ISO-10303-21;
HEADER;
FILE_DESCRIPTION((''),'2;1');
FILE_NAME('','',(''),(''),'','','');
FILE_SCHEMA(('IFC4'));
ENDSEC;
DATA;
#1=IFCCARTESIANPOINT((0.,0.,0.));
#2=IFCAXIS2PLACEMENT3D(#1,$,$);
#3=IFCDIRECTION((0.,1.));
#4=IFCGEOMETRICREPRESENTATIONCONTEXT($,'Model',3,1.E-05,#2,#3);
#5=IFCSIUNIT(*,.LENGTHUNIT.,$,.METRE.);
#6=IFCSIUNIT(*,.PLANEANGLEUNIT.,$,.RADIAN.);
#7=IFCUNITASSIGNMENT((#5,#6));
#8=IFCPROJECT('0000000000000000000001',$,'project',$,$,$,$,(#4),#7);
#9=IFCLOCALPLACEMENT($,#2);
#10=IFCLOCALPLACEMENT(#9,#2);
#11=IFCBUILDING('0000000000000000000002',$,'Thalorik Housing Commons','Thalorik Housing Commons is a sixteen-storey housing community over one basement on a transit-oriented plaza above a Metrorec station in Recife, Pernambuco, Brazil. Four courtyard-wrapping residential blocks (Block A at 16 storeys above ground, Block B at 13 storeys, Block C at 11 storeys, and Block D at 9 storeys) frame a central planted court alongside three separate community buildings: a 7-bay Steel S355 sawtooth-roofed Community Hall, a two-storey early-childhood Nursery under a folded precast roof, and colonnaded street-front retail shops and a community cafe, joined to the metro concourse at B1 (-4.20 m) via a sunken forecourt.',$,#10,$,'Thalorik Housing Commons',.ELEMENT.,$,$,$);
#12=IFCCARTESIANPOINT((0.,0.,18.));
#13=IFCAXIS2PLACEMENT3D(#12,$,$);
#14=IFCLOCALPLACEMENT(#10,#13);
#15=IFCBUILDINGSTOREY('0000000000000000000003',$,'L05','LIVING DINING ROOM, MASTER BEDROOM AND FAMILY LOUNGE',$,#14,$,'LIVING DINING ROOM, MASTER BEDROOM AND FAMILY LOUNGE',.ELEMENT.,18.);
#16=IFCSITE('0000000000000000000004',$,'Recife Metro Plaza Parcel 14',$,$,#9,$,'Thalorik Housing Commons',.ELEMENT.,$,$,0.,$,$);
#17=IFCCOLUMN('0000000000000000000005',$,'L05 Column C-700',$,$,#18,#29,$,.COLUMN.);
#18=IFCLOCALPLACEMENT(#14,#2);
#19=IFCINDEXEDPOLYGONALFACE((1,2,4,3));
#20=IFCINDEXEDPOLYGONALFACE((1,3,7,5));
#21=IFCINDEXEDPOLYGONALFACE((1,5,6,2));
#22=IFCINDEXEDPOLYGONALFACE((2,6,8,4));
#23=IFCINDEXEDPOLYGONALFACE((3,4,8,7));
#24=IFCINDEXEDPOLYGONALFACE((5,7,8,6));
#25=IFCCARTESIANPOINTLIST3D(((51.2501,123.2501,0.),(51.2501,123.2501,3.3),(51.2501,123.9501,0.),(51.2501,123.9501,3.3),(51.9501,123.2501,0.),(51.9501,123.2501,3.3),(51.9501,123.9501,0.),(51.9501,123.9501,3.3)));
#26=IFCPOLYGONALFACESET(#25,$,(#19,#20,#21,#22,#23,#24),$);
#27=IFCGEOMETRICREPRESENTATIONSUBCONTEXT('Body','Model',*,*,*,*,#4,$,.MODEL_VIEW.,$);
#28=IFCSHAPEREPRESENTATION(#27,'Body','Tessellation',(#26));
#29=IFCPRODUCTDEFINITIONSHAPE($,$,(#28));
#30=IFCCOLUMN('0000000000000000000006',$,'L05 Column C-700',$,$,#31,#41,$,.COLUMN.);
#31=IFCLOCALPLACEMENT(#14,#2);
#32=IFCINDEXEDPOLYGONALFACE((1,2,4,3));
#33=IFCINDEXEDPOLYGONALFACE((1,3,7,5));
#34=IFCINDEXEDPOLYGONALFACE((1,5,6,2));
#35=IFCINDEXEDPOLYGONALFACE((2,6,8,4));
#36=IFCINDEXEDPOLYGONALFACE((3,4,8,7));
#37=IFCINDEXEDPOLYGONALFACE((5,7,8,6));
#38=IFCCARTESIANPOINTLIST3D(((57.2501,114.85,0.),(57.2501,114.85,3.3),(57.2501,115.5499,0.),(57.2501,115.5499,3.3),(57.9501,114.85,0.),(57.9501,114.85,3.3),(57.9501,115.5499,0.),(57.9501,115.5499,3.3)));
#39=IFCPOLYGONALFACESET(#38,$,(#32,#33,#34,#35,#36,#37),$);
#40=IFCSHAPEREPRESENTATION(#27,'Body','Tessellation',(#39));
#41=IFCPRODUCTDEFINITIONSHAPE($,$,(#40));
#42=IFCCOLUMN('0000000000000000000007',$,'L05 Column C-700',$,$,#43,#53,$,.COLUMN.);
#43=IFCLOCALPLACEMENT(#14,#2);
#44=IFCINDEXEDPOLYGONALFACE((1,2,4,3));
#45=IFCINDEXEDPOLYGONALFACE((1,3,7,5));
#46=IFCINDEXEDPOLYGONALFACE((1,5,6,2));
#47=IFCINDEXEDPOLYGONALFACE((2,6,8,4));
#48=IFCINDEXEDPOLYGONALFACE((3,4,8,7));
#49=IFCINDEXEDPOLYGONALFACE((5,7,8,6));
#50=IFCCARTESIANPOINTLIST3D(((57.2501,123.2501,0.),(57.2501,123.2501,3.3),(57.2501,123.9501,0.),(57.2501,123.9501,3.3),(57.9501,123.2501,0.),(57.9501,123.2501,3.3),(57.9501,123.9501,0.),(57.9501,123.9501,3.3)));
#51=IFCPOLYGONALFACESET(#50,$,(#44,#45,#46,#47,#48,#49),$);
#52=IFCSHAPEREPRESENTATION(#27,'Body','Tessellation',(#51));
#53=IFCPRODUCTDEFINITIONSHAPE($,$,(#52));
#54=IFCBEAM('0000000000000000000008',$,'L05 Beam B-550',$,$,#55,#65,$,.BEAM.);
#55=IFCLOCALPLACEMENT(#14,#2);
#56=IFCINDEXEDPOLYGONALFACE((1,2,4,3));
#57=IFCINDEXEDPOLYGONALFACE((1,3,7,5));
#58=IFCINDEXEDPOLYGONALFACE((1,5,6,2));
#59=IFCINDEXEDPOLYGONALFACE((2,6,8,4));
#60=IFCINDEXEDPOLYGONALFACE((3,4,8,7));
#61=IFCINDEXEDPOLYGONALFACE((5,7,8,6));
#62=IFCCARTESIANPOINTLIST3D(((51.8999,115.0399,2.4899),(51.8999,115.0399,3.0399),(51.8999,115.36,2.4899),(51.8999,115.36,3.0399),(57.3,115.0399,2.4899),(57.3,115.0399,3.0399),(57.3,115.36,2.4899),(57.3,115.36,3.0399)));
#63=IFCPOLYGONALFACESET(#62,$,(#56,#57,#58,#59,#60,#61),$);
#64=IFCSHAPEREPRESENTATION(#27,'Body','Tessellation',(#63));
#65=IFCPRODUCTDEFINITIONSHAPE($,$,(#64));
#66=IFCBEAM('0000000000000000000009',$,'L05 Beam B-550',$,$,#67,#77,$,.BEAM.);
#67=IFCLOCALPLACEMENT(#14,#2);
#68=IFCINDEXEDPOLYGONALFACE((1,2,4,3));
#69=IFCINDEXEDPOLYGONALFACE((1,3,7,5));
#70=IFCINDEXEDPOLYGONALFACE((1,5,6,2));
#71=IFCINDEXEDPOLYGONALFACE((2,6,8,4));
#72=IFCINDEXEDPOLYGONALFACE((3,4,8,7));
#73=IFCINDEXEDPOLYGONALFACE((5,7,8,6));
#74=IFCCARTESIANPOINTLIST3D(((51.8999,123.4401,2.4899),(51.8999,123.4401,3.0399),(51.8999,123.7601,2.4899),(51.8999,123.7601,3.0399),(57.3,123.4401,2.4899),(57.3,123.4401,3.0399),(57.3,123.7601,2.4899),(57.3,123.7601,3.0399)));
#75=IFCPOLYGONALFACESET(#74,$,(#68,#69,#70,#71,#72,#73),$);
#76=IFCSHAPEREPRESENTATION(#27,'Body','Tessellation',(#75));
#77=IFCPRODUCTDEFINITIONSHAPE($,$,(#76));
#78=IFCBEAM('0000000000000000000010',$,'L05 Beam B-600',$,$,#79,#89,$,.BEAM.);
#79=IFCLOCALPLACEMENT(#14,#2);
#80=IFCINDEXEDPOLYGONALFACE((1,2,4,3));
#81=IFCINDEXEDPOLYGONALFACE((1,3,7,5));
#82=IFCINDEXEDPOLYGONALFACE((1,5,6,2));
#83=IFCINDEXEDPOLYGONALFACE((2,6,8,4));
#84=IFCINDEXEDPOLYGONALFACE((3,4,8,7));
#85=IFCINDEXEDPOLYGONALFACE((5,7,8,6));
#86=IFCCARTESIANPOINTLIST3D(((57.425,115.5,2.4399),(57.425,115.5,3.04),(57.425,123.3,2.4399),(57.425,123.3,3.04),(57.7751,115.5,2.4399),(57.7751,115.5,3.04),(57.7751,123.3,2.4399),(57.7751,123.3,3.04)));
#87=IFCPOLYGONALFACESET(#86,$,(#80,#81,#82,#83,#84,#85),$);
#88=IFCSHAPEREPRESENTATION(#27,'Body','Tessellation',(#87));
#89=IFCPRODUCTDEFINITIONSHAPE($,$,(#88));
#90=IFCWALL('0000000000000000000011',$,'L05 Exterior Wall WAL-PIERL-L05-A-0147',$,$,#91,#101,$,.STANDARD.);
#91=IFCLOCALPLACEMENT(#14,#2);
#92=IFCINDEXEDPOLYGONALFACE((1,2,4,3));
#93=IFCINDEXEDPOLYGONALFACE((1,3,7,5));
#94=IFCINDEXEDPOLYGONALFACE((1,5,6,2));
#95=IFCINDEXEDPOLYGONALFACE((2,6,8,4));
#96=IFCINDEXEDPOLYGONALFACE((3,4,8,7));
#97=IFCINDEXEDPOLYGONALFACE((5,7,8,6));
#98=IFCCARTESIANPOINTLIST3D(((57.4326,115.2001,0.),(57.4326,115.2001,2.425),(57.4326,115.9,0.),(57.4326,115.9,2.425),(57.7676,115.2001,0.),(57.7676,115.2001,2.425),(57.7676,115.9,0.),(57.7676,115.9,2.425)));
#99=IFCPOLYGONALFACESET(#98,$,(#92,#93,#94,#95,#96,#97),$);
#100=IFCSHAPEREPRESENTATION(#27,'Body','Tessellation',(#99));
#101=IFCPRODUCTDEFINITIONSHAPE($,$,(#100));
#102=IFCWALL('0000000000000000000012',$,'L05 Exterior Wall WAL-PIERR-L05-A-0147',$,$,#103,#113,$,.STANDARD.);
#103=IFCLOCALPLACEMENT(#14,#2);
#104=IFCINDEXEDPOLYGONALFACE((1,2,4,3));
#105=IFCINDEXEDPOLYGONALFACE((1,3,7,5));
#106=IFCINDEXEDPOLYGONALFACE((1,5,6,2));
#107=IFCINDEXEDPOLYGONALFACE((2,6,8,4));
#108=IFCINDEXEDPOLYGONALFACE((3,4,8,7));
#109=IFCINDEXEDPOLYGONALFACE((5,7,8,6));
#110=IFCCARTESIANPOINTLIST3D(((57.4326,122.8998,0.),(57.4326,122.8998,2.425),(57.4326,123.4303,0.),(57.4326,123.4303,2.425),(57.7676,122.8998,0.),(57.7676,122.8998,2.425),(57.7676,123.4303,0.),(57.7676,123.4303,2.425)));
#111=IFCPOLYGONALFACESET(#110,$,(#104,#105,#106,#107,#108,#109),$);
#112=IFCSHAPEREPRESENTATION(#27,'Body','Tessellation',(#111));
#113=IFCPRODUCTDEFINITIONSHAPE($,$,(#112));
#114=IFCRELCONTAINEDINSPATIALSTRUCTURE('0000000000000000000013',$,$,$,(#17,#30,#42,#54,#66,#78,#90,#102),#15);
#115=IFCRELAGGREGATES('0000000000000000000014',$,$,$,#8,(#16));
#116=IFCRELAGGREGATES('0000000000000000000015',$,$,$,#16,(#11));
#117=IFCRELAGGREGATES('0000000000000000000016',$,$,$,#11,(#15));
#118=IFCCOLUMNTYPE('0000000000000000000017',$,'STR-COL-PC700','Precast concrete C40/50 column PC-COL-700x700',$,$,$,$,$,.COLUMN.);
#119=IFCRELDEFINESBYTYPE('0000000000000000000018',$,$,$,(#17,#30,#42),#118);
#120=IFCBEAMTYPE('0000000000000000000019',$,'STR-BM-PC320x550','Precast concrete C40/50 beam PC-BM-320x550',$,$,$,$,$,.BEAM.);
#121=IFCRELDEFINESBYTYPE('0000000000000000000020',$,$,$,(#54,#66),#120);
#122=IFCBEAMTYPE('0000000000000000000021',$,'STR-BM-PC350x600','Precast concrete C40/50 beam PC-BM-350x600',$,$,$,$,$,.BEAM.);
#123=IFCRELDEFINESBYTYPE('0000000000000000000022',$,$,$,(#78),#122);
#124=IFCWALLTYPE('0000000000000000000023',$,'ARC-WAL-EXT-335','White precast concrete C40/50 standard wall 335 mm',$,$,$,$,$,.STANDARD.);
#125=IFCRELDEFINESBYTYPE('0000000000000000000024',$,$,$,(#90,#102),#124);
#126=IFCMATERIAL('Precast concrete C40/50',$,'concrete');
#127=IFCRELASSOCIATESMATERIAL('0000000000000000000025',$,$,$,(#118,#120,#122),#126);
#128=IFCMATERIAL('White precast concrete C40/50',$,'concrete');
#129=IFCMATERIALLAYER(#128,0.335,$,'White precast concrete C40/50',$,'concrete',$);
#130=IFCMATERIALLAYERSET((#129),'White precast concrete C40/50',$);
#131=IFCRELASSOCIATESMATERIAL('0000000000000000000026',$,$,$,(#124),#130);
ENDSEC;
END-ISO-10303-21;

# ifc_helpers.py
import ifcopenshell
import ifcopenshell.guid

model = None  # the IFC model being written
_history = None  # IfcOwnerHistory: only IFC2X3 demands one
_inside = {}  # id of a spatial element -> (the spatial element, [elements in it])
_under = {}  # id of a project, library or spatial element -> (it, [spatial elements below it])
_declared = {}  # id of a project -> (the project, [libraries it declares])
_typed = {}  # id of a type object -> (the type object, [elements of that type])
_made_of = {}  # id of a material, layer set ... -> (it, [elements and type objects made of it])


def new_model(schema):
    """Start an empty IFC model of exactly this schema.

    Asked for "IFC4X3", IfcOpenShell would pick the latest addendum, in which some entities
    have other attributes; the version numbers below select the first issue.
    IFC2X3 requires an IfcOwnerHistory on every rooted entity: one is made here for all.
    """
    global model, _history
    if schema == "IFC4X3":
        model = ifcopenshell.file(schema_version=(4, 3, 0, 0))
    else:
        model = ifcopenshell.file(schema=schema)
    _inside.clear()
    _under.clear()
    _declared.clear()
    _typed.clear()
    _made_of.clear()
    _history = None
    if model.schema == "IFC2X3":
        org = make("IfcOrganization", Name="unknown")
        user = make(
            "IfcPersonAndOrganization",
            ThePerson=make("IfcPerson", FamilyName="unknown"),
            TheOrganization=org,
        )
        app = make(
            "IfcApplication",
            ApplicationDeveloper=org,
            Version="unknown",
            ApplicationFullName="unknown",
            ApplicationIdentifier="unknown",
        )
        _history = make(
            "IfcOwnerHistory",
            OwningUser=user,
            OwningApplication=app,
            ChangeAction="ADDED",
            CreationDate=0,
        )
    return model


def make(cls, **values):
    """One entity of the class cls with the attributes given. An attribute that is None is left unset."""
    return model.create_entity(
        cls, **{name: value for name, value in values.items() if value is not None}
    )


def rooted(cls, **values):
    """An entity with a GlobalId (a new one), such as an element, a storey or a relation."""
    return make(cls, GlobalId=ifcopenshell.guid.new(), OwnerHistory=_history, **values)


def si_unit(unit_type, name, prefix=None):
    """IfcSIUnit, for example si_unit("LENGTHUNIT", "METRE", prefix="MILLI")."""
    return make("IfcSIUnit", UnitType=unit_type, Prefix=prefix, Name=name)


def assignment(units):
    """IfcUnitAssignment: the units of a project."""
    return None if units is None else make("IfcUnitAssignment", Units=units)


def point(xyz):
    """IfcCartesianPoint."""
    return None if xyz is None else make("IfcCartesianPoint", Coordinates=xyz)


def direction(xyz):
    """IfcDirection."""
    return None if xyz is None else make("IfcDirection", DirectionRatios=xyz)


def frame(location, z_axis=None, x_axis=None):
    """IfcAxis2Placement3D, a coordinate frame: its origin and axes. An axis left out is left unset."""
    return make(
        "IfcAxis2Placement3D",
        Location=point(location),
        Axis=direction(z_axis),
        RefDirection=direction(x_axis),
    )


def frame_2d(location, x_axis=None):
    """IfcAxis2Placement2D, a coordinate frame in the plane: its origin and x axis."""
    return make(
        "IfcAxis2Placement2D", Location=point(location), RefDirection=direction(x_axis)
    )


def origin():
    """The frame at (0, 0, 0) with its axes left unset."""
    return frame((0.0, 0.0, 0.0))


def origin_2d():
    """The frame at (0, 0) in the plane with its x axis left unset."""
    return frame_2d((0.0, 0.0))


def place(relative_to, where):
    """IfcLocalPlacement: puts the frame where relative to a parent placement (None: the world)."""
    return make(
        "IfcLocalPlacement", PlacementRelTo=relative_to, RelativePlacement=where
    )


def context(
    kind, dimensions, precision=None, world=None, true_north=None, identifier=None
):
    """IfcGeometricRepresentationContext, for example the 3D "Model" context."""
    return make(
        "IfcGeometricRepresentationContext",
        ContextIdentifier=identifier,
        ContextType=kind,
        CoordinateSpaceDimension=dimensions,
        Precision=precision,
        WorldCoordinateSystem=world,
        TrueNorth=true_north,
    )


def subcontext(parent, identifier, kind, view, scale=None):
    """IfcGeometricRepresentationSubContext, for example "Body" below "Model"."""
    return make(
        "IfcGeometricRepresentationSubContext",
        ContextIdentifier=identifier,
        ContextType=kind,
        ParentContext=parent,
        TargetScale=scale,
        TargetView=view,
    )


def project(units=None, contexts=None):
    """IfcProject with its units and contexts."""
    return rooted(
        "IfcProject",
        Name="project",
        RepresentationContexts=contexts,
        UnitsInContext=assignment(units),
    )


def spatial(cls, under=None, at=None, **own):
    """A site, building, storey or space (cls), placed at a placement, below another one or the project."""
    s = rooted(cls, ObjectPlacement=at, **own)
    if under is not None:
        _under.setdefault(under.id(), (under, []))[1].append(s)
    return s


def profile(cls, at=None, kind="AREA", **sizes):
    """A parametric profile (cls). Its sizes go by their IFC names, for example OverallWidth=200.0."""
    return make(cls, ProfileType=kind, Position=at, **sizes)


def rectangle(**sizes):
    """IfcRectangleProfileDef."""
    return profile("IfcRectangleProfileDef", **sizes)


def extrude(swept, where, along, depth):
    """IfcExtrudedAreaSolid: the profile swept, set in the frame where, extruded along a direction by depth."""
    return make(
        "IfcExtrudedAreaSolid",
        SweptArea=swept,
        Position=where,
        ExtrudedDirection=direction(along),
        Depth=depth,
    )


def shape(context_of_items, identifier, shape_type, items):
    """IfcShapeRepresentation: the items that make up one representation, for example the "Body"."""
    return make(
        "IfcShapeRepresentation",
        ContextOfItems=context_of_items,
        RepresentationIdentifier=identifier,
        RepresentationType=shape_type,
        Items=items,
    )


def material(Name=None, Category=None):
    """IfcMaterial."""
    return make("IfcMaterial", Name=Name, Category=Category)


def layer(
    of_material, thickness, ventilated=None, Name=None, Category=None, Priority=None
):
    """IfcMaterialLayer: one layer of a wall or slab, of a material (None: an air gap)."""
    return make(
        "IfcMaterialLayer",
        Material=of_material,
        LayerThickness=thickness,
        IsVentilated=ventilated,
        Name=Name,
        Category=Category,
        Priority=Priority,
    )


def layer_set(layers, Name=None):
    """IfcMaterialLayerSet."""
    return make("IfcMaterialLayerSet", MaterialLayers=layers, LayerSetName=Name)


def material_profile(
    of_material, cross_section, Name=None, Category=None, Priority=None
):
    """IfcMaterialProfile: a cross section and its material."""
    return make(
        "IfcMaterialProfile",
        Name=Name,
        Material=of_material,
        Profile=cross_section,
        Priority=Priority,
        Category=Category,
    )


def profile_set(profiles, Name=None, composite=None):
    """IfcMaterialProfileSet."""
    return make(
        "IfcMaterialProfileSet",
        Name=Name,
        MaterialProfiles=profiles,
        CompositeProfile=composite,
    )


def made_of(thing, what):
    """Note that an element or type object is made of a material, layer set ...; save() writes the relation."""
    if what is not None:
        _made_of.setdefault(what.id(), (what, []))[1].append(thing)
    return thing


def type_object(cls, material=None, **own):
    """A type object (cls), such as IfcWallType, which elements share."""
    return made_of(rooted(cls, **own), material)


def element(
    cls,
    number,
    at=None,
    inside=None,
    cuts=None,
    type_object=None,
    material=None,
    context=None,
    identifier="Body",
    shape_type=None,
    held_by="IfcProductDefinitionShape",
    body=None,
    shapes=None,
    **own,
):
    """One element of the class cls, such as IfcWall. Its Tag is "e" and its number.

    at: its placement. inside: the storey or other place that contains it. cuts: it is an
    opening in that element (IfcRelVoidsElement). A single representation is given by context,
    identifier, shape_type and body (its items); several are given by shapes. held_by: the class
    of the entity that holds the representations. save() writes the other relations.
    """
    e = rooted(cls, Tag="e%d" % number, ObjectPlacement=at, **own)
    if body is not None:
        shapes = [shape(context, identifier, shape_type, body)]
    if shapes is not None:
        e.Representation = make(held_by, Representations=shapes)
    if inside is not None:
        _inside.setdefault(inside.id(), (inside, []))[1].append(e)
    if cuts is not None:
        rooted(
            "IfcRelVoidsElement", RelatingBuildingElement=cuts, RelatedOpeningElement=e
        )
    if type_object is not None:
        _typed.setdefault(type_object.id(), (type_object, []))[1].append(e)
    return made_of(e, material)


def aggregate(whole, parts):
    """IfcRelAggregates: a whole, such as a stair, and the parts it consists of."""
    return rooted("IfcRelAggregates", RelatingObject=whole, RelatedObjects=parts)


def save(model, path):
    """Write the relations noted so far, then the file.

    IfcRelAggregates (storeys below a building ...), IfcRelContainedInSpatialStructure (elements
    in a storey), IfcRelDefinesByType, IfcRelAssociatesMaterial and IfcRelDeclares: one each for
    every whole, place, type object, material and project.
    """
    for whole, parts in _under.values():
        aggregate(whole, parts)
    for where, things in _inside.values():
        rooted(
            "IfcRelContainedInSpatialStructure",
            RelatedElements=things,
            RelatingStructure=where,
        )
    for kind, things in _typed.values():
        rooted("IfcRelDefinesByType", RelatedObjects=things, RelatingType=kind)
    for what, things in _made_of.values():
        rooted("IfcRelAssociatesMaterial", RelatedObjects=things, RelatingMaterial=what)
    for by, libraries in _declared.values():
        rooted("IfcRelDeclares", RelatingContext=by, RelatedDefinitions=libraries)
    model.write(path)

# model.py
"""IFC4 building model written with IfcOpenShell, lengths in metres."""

from ifc_helpers import new_model, si_unit, direction, frame, frame_2d, origin, origin_2d, place, context, subcontext, project, spatial, rectangle, extrude, material, layer, layer_set, material_profile, profile_set, type_object, element, save


model = new_model("IFC4")

# Units and contexts
model_context = context("Model", 3, precision=1e-05, world=origin(), true_north=direction((0.0, 1.0)))
body_context = subcontext(model_context, "Body", "Model", "MODEL_VIEW")
ifc_project = project(units=[si_unit("LENGTHUNIT", "METRE"), si_unit("PLANEANGLEUNIT", "RADIAN")], contexts=[model_context])

# Site, building, storey
site_placement = place(None, origin())
site = spatial("IfcSite", under=ifc_project, at=site_placement, Name="Recife Metro Plaza Parcel 14", LongName="Thalorik Housing Commons", CompositionType="ELEMENT", RefElevation=0.0)
building_placement = place(site_placement, origin())
building = spatial("IfcBuilding", under=site, at=building_placement, Name="Thalorik Housing Commons", Description="Thalorik Housing Commons is a sixteen-storey housing community over one basement on a transit-oriented plaza above a Metrorec station in Recife, Pernambuco, Brazil. Four courtyard-wrapping residential blocks (Block A at 16 storeys above ground, Block B at 13 storeys, Block C at 11 storeys, and Block D at 9 storeys) frame a central planted court alongside three separate community buildings: a 7-bay Steel S355 sawtooth-roofed Community Hall, a two-storey early-childhood Nursery under a folded precast roof, and colonnaded street-front retail shops and a community cafe, joined to the metro concourse at B1 (-4.20 m) via a sunken forecourt.", LongName="Thalorik Housing Commons", CompositionType="ELEMENT")
storey_placement = place(building_placement, frame((0.0, 0.0, 18.0)))
storey = spatial("IfcBuildingStorey", under=building, at=storey_placement, Name="L05", Description="LIVING DINING ROOM, MASTER BEDROOM AND FAMILY LOUNGE", LongName="LIVING DINING ROOM, MASTER BEDROOM AND FAMILY LOUNGE", CompositionType="ELEMENT", Elevation=18.0)

# Columns
ifc_material_1 = material(Name="Precast concrete C40/50", Category="concrete")
ifc_material_profile_1 = material_profile(ifc_material_1, rectangle(XDim=0.7, YDim=0.7, at=origin_2d()), Name="PC 700x700", Category="concrete")
ifc_profile_set_1 = profile_set([ifc_material_profile_1], Name="Precast concrete C40/50")
column_type = type_object("IfcColumnType", Name="STR-COL-PC700", Description="Precast concrete C40/50 column PC-COL-700x700", PredefinedType="COLUMN", material=ifc_profile_set_1)
for number, where, z_axis, x_axis, name in (
    (1, (51.6001, 123.6001, 0.0), (0.0, 0.0, 1.0), (1.0, 0.0, 0.0), "L05 Column C-700"),
    (2, (57.6001, 115.2, 0.0), (0.0, 0.0, 1.0), (1.0, 0.0, 0.0), "L05 Column C-700"),
    (3, (57.6001, 123.6001, 0.0), (0.0, 0.0, 1.0), (1.0, 0.0, 0.0), "L05 Column C-700"),
):
    element("IfcColumn", number, at=place(storey_placement, frame(where, z_axis=z_axis, x_axis=x_axis)), inside=storey, type_object=column_type, Name=name, PredefinedType="COLUMN", context=body_context, shape_type="SweptSolid", body=[
        extrude(rectangle(XDim=0.7, YDim=0.7, at=origin_2d()), origin(), (0.0, 0.0, 1.0), 3.3),
    ])

# Beams
ifc_material_profile_2 = material_profile(ifc_material_1, rectangle(XDim=0.3201, YDim=0.55, at=origin_2d()), Name="PC 320x550", Category="concrete")
ifc_profile_set_2 = profile_set([ifc_material_profile_2], Name="Precast concrete C40/50")
beam_type_1 = type_object("IfcBeamType", Name="STR-BM-PC320x550", Description="Precast concrete C40/50 beam PC-BM-320x550", PredefinedType="BEAM", material=ifc_profile_set_2)
for number, where, z_axis, x_axis, name in (
    (4, (51.8999, 115.2, 2.7649), (1.0, 0.0, 0.0), (0.0, 1.0, 0.0), "L05 Beam B-550"),
    (5, (51.8999, 123.6001, 2.7649), (1.0, 0.0, 0.0), (0.0, 1.0, 0.0), "L05 Beam B-550"),
):
    element("IfcBeam", number, at=place(storey_placement, frame(where, z_axis=z_axis, x_axis=x_axis)), inside=storey, type_object=beam_type_1, Name=name, PredefinedType="BEAM", context=body_context, shape_type="SweptSolid", body=[
        extrude(rectangle(XDim=0.3201, YDim=0.55, at=origin_2d()), origin(), (0.0, 0.0, 1.0), 5.4001),
    ])
ifc_material_profile_3 = material_profile(ifc_material_1, rectangle(XDim=0.3501, YDim=0.6001, at=origin_2d()), Name="PC 350x600", Category="concrete")
ifc_profile_set_3 = profile_set([ifc_material_profile_3], Name="Precast concrete C40/50")
beam_type_2 = type_object("IfcBeamType", Name="STR-BM-PC350x600", Description="Precast concrete C40/50 beam PC-BM-350x600", PredefinedType="BEAM", material=ifc_profile_set_3)
beam_placement = place(storey_placement, frame((57.6001, 115.5, 2.74), z_axis=(0.0, 1.0, 0.0), x_axis=(-1.0, 0.0, 0.0)))
element("IfcBeam", 6, at=beam_placement, inside=storey, type_object=beam_type_2, Name="L05 Beam B-600", PredefinedType="BEAM", context=body_context, shape_type="SweptSolid", body=[
    extrude(rectangle(XDim=0.3501, YDim=0.6001, at=origin_2d()), origin(), (0.0, 0.0, 1.0), 7.8),
])

# Walls
ifc_material_2 = material(Name="White precast concrete C40/50", Category="concrete")
ifc_layer_1 = layer(ifc_material_2, 0.335, Name="White precast concrete C40/50", Category="concrete")
ifc_layer_set_1 = layer_set([ifc_layer_1], Name="White precast concrete C40/50")
wall_type_1 = type_object("IfcWallType", Name="ARC-WAL-EXT-335", Description="White precast concrete C40/50 standard wall 335 mm", PredefinedType="STANDARD", material=ifc_layer_set_1)
wall_1_placement = place(storey_placement, frame((57.6001, 115.2, 0.0), z_axis=(0.0, 0.0, 1.0), x_axis=(0.0, 1.0, 0.0)))
element("IfcWall", 7, at=wall_1_placement, inside=storey, type_object=wall_type_1, Name="L05 Exterior Wall WAL-PIERL-L05-A-0147", PredefinedType="STANDARD", context=body_context, shape_type="SweptSolid", body=[
    extrude(rectangle(XDim=0.7, YDim=0.335, at=frame_2d((0.3501, 0.0))), origin(), (0.0, 0.0, 1.0), 2.425),
])
wall_2_placement = place(storey_placement, frame((57.6001, 122.8999, 0.0), z_axis=(0.0, 0.0, 1.0), x_axis=(0.0, 1.0, 0.0)))
element("IfcWall", 8, at=wall_2_placement, inside=storey, type_object=wall_type_1, Name="L05 Exterior Wall WAL-PIERR-L05-A-0147", PredefinedType="STANDARD", context=body_context, shape_type="SweptSolid", body=[
    extrude(rectangle(XDim=0.5305, YDim=0.335, at=frame_2d((0.2651, 0.0))), origin(), (0.0, 0.0, 1.0), 2.425),
])

save(model, "model.ifc")
